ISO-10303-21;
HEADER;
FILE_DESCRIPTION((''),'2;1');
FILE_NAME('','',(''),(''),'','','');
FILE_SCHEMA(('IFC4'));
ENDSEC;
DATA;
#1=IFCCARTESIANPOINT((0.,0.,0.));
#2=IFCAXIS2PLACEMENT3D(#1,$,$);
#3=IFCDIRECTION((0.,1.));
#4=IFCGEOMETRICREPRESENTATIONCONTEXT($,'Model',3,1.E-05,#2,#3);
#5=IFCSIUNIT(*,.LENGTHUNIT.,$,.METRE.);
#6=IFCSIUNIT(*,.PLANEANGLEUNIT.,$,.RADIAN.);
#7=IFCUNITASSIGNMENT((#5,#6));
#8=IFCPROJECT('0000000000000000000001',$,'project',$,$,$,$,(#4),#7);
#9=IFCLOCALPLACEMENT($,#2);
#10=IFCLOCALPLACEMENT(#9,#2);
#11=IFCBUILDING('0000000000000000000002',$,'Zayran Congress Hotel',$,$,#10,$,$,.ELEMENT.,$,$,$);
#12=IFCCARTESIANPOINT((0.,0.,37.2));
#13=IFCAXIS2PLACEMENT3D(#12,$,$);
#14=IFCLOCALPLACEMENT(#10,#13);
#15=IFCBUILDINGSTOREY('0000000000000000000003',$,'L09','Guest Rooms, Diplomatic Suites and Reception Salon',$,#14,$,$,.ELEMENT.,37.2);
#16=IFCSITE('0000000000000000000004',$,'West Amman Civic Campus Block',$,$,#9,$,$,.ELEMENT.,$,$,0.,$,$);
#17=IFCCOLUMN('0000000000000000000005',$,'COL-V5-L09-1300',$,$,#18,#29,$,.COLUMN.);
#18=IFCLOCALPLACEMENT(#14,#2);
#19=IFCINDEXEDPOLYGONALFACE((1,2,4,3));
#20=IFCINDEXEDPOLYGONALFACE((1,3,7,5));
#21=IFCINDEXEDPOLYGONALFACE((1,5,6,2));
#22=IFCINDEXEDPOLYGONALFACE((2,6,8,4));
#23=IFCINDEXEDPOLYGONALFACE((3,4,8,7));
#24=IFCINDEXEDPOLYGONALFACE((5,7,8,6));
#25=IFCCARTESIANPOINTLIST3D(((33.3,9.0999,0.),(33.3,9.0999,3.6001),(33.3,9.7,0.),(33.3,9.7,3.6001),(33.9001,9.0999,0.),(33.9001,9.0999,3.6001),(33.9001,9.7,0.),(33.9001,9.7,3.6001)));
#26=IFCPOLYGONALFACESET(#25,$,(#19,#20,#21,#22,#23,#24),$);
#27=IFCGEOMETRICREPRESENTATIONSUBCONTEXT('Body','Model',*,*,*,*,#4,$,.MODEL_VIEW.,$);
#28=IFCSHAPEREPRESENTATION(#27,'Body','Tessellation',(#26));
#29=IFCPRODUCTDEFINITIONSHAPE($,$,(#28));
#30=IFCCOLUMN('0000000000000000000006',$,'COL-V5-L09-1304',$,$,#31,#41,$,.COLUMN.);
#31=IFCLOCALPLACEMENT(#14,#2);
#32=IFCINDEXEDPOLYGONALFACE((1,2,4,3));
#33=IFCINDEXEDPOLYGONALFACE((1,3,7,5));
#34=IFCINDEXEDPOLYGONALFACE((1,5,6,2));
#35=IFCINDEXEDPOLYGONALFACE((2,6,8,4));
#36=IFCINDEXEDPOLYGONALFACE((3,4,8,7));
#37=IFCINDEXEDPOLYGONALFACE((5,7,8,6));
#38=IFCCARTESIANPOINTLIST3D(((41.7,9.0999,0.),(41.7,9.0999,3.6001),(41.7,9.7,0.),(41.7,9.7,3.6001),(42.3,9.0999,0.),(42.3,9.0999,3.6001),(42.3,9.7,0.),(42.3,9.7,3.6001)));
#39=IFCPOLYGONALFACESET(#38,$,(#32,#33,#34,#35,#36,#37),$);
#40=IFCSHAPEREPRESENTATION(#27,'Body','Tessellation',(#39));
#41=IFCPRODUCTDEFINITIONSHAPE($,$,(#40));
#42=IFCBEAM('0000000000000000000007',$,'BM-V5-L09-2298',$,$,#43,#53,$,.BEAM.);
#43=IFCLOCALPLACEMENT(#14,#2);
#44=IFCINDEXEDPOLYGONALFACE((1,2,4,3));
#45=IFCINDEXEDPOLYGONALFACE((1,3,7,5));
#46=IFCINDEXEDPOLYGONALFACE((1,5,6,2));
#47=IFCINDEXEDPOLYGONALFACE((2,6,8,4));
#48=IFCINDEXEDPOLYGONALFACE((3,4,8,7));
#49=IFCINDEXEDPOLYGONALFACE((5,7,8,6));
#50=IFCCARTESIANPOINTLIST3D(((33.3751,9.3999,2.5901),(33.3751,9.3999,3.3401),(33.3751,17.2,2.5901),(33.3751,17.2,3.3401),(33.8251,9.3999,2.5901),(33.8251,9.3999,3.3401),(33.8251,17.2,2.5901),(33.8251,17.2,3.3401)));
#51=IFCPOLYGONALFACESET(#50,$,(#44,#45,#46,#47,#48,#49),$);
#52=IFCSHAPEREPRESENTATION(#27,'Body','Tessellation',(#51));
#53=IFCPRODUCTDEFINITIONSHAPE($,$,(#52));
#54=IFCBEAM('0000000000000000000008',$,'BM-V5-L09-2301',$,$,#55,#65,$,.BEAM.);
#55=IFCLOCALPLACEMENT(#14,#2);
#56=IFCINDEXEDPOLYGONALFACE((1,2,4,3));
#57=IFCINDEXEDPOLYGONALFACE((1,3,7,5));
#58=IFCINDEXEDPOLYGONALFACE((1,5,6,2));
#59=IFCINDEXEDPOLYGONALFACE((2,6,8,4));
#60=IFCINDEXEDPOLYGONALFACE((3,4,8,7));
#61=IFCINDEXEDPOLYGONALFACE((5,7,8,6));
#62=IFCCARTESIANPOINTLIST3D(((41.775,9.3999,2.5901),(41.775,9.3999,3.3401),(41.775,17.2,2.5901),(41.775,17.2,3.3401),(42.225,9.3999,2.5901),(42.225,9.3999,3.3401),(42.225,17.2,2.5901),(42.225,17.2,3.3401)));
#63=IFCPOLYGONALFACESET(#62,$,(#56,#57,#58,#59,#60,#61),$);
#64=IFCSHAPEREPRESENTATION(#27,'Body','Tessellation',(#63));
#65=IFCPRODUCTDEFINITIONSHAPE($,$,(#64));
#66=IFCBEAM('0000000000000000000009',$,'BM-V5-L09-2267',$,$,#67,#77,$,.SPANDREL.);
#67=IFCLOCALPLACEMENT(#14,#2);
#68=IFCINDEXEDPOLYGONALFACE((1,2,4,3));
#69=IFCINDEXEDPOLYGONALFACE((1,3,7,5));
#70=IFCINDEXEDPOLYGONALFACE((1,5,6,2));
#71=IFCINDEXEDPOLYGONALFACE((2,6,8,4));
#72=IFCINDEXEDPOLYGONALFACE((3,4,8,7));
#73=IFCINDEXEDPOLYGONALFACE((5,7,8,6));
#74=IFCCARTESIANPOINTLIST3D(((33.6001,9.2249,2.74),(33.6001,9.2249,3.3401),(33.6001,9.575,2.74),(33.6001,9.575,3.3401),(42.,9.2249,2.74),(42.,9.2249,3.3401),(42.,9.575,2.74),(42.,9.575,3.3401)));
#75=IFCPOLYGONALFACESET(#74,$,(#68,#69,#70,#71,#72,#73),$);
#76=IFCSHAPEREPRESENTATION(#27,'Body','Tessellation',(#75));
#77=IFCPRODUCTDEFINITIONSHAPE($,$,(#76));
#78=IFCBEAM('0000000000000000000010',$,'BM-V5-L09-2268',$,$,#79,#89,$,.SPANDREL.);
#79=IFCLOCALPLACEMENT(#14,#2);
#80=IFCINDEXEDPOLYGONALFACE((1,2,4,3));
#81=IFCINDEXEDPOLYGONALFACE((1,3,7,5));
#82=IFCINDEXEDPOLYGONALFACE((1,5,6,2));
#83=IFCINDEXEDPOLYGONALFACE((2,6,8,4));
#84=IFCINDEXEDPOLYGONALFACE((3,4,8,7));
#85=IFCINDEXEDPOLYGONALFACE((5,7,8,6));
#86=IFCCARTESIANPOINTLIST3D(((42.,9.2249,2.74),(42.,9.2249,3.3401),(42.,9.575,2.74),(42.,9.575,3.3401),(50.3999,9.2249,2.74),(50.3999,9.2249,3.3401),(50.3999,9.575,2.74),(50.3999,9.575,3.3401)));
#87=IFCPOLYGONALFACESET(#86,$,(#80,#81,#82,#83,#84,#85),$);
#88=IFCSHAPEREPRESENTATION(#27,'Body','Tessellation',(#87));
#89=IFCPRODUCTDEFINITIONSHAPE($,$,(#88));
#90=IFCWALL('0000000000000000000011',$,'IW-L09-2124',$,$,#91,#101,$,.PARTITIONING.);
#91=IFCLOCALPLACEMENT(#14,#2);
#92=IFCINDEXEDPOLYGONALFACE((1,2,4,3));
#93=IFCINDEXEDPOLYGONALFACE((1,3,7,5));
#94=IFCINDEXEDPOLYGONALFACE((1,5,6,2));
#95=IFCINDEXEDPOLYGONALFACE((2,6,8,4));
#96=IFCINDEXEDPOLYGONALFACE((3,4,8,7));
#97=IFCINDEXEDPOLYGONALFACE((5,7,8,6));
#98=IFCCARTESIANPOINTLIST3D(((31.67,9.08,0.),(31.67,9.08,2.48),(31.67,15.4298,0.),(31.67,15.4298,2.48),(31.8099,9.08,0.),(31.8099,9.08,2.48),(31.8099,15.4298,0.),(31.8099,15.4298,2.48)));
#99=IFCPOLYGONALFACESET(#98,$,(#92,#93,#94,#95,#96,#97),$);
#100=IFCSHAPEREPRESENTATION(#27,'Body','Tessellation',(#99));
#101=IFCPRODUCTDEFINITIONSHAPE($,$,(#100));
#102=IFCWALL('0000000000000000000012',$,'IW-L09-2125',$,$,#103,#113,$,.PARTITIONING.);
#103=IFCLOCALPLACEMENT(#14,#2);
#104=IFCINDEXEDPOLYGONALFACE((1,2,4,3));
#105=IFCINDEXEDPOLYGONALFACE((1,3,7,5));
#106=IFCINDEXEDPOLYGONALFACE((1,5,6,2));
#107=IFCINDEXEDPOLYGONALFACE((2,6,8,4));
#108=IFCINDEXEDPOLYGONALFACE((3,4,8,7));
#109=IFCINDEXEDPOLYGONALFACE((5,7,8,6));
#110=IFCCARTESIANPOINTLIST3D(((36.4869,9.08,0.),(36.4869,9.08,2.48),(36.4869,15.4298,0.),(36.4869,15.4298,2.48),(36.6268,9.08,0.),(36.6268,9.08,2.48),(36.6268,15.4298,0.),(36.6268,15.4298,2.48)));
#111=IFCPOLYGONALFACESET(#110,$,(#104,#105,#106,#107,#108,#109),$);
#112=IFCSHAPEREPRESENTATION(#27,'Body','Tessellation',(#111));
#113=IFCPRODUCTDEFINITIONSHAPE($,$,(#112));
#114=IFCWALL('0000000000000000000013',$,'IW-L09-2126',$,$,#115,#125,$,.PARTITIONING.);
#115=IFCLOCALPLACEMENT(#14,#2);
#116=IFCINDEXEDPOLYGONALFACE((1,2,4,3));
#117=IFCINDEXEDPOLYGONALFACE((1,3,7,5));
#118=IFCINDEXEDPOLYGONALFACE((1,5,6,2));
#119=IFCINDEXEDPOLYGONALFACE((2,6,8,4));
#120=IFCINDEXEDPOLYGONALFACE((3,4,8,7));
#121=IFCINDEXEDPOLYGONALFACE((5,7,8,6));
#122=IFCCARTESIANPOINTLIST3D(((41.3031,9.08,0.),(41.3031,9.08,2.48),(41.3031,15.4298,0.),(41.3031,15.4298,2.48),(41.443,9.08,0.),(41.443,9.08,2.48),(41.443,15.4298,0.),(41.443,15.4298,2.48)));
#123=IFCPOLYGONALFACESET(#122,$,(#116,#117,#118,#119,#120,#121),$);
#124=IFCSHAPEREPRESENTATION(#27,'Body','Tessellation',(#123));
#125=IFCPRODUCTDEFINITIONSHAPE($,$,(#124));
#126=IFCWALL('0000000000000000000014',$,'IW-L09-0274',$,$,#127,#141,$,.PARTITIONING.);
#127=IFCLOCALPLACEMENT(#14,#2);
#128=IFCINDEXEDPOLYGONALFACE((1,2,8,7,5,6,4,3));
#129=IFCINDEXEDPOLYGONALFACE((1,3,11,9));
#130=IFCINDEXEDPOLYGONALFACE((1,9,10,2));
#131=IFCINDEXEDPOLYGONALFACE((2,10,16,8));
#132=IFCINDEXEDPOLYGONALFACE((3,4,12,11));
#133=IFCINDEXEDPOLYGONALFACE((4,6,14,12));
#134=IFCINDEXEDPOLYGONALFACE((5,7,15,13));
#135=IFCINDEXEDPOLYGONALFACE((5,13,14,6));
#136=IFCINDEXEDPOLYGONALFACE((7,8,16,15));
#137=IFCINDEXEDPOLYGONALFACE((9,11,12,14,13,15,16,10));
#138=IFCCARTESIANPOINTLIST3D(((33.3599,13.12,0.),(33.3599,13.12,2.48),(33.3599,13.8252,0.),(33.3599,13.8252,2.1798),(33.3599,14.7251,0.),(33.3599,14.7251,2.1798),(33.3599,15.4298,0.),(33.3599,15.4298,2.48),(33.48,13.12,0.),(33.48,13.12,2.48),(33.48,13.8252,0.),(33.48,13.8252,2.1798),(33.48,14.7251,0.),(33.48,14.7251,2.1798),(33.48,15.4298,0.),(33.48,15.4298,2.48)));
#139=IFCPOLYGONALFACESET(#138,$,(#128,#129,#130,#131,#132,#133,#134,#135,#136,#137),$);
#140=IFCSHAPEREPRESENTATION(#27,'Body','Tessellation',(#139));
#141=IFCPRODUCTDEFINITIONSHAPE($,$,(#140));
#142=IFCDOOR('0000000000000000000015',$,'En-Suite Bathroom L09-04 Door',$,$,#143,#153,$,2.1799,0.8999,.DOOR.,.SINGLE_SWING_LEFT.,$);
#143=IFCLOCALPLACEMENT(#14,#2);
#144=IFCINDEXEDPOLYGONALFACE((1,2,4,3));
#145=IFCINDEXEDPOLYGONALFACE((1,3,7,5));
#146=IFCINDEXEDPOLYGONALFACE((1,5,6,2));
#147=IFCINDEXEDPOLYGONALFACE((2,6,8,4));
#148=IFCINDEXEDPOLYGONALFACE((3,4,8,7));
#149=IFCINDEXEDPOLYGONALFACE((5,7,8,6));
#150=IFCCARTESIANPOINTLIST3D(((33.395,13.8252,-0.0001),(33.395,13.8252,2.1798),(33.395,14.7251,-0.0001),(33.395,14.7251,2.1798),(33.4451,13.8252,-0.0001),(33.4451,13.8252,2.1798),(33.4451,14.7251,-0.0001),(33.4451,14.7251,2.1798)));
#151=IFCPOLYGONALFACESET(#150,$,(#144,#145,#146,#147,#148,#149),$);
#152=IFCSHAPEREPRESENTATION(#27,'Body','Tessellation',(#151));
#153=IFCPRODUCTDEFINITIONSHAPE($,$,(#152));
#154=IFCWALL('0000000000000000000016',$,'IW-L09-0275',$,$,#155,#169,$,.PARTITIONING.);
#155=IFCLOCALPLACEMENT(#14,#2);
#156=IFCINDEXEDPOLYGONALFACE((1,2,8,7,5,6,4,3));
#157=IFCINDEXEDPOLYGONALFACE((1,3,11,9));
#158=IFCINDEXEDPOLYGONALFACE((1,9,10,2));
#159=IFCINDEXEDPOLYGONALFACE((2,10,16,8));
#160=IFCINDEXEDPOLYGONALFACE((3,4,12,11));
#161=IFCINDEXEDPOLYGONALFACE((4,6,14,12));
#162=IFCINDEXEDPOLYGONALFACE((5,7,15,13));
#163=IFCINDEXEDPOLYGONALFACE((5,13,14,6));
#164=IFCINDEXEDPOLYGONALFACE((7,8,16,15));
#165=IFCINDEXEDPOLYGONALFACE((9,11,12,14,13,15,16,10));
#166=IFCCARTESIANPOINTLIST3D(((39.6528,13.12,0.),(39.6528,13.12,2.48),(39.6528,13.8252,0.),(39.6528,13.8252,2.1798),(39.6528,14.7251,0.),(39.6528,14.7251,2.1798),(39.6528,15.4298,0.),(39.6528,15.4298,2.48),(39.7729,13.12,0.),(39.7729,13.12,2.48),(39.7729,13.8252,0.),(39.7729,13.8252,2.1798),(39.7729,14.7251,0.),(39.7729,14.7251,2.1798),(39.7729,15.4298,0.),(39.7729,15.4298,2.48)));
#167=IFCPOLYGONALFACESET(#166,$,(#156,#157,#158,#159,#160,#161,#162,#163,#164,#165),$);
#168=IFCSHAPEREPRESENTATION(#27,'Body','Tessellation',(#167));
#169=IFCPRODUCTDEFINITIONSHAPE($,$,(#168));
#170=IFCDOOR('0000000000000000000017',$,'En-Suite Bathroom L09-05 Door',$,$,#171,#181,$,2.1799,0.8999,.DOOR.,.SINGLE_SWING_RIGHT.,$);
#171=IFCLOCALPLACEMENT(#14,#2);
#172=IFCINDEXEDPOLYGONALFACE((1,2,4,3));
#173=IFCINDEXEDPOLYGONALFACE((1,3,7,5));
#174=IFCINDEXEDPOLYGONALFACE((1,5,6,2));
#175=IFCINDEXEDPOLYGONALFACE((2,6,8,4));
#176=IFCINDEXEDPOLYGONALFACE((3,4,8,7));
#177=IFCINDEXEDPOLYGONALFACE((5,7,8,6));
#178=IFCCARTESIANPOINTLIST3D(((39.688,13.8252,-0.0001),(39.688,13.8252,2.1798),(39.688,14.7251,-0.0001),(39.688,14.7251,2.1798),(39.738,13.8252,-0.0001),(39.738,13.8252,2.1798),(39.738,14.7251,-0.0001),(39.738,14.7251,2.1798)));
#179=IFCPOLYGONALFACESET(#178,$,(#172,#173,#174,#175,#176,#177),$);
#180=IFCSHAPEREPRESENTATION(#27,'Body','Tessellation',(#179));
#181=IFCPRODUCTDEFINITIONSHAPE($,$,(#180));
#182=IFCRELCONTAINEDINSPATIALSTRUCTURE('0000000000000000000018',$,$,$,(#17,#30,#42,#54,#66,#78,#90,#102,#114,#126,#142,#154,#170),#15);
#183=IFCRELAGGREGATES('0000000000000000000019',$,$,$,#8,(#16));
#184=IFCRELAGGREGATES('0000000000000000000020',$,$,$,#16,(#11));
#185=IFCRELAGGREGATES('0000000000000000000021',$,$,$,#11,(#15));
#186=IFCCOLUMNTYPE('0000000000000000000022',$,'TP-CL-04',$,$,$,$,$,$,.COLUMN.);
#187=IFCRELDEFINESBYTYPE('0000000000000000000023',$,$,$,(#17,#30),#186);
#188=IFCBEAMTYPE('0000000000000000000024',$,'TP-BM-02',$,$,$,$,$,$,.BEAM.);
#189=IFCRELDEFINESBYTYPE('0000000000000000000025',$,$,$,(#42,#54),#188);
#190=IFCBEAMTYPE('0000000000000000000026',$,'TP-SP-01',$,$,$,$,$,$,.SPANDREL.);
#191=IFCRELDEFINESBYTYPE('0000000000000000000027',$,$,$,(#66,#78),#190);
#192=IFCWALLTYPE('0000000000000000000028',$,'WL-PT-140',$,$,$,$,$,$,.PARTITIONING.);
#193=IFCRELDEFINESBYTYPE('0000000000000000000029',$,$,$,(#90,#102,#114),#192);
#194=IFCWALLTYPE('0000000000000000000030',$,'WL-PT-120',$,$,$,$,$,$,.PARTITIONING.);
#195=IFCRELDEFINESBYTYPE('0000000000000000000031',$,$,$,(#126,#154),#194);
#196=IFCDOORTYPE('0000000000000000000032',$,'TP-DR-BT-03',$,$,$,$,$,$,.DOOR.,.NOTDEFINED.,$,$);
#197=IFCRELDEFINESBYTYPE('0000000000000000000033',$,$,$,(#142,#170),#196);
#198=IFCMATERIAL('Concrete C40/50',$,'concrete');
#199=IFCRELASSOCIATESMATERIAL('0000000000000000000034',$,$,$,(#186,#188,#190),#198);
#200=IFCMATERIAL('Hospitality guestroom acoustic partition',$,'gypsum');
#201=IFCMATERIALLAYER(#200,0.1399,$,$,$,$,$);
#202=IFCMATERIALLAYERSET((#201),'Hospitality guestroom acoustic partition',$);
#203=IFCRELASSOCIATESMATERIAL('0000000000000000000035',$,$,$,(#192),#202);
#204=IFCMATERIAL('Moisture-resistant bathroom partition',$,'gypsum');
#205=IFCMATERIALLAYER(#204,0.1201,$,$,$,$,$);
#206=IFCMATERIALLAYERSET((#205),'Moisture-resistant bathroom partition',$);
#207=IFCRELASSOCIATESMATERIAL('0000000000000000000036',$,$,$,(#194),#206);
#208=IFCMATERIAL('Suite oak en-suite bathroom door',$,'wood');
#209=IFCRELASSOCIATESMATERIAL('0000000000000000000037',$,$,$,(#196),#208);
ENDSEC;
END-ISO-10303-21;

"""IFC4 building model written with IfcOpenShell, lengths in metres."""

from ifc_helpers import new_model, si_unit, direction, frame, frame_2d, origin, origin_2d, place, context, subcontext, project, spatial, rectangle, extrude, material, layer, layer_set, material_profile, profile_set, type_object, element, fill, save


model = new_model("IFC4")

# Units and contexts
model_context = context("Model", 3, precision=1e-05, world=origin(), true_north=direction((0.0, 1.0)))
body_context = subcontext(model_context, "Body", "Model", "MODEL_VIEW")
ifc_project = project(units=[si_unit("LENGTHUNIT", "METRE"), si_unit("PLANEANGLEUNIT", "RADIAN")], contexts=[model_context])

# Site, building, storey
site_placement = place(None, origin())
site = spatial("IfcSite", under=ifc_project, at=site_placement, Name="West Amman Civic Campus Block", CompositionType="ELEMENT", RefElevation=0.0)
building_placement = place(site_placement, origin())
building = spatial("IfcBuilding", under=site, at=building_placement, Name="Zayran Congress Hotel", CompositionType="ELEMENT")
storey_placement = place(building_placement, frame((0.0, 0.0, 37.2)))
storey = spatial("IfcBuildingStorey", under=building, at=storey_placement, Name="L09", Description="Guest Rooms, Diplomatic Suites and Reception Salon", CompositionType="ELEMENT", Elevation=37.2)

# Columns
ifc_material_1 = material(Name="Concrete C40/50", Category="concrete")
ifc_material_profile_1 = material_profile(ifc_material_1, rectangle(XDim=0.6001, YDim=0.6001, at=origin_2d()), Name="RC 600x600")
ifc_profile_set_1 = profile_set([ifc_material_profile_1], Name="Concrete C40/50")
column_type = type_object("IfcColumnType", Name="TP-CL-04", PredefinedType="COLUMN", material=ifc_profile_set_1)
for number, where, z_axis, x_axis, name in (
    (1, (33.6001, 9.3999, 0.0), (0.0, 0.0, 1.0), (1.0, 0.0, 0.0), "COL-V5-L09-1300"),
    (2, (42.0, 9.3999, 0.0), (0.0, 0.0, 1.0), (1.0, 0.0, 0.0), "COL-V5-L09-1304"),
):
    element("IfcColumn", number, at=place(storey_placement, frame(where, z_axis=z_axis, x_axis=x_axis)), inside=storey, type_object=column_type, Name=name, PredefinedType="COLUMN", context=body_context, shape_type="SweptSolid", body=[
        extrude(rectangle(XDim=0.6001, YDim=0.6001, at=origin_2d()), origin(), (0.0, 0.0, 1.0), 3.6001),
    ])

# Beams
ifc_material_profile_2 = material_profile(ifc_material_1, rectangle(XDim=0.45, YDim=0.75, at=origin_2d()), Name="RC 450x750")
ifc_profile_set_2 = profile_set([ifc_material_profile_2], Name="Concrete C40/50")
beam_type_1 = type_object("IfcBeamType", Name="TP-BM-02", PredefinedType="BEAM", material=ifc_profile_set_2)
for number, where, z_axis, x_axis, name in (
    (3, (33.6001, 9.3999, 2.9651), (0.0, 1.0, 0.0), (-1.0, 0.0, 0.0), "BM-V5-L09-2298"),
    (4, (42.0, 9.3999, 2.9651), (0.0, 1.0, 0.0), (-1.0, 0.0, 0.0), "BM-V5-L09-2301"),
):
    element("IfcBeam", number, at=place(storey_placement, frame(where, z_axis=z_axis, x_axis=x_axis)), inside=storey, type_object=beam_type_1, Name=name, PredefinedType="BEAM", context=body_context, shape_type="SweptSolid", body=[
        extrude(rectangle(XDim=0.45, YDim=0.75, at=origin_2d()), origin(), (0.0, 0.0, 1.0), 7.8),
    ])
ifc_material_profile_3 = material_profile(ifc_material_1, rectangle(XDim=0.3501, YDim=0.6001, at=origin_2d()), Name="RC 350x600")
ifc_profile_set_3 = profile_set([ifc_material_profile_3], Name="Concrete C40/50")
beam_type_2 = type_object("IfcBeamType", Name="TP-SP-01", PredefinedType="SPANDREL", material=ifc_profile_set_3)
for number, where, z_axis, x_axis, name in (
    (5, (33.6001, 9.3999, 3.04), (1.0, 0.0, 0.0), (0.0, 1.0, 0.0), "BM-V5-L09-2267"),
    (6, (42.0, 9.3999, 3.04), (1.0, 0.0, 0.0), (0.0, 1.0, 0.0), "BM-V5-L09-2268"),
):
    element("IfcBeam", number, at=place(storey_placement, frame(where, z_axis=z_axis, x_axis=x_axis)), inside=storey, type_object=beam_type_2, Name=name, PredefinedType="SPANDREL", context=body_context, shape_type="SweptSolid", body=[
        extrude(rectangle(XDim=0.3501, YDim=0.6001, at=origin_2d()), origin(), (0.0, 0.0, 1.0), 8.3999),
    ])

# Walls
ifc_material_2 = material(Name="Hospitality guestroom acoustic partition", Category="gypsum")
ifc_layer_1 = layer(ifc_material_2, 0.1399)
ifc_layer_set_1 = layer_set([ifc_layer_1], Name="Hospitality guestroom acoustic partition")
wall_type_1 = type_object("IfcWallType", Name="WL-PT-140", PredefinedType="PARTITIONING", material=ifc_layer_set_1)
for number, where, z_axis, x_axis, name in (
    (7, (31.74, 9.0801, 0.0), (0.0, 0.0, 1.0), (0.0, 1.0, 0.0), "IW-L09-2124"),
    (8, (36.5569, 9.0801, 0.0), (0.0, 0.0, 1.0), (0.0, 1.0, 0.0), "IW-L09-2125"),
    (9, (41.373, 9.0801, 0.0), (0.0, 0.0, 1.0), (0.0, 1.0, 0.0), "IW-L09-2126"),
):
    element("IfcWall", number, at=place(storey_placement, frame(where, z_axis=z_axis, x_axis=x_axis)), inside=storey, type_object=wall_type_1, Name=name, PredefinedType="PARTITIONING", context=body_context, shape_type="SweptSolid", body=[
        extrude(rectangle(XDim=6.3499, YDim=0.1399, at=frame_2d((3.1748, 0.0))), origin(), (0.0, 0.0, 1.0), 2.48),
    ])

# Walls, openings, doors
ifc_material_3 = material(Name="Moisture-resistant bathroom partition", Category="gypsum")
ifc_layer_2 = layer(ifc_material_3, 0.1201)
ifc_layer_set_2 = layer_set([ifc_layer_2], Name="Moisture-resistant bathroom partition")
wall_type_2 = type_object("IfcWallType", Name="WL-PT-120", PredefinedType="PARTITIONING", material=ifc_layer_set_2)
wall_1_placement = place(storey_placement, frame((33.4199, 13.1201, 0.0), z_axis=(0.0, 0.0, 1.0), x_axis=(0.0, 1.0, 0.0)))
wall_1 = element("IfcWall", 10, at=wall_1_placement, inside=storey, type_object=wall_type_2, Name="IW-L09-0274", PredefinedType="PARTITIONING", context=body_context, shape_type="SweptSolid", body=[
    extrude(rectangle(XDim=2.3098, YDim=0.1201, at=frame_2d((1.1548, 0.0))), origin(), (0.0, 0.0, 1.0), 2.48),
])
opening_1_placement = place(wall_1_placement, frame((0.7051, 0.0, 0.0)))
opening_1 = element("IfcOpeningElement", 11, at=opening_1_placement, cuts=wall_1, PredefinedType="OPENING", context=body_context, shape_type="SweptSolid", body=[
    extrude(rectangle(XDim=0.8999, YDim=2.1799, at=frame_2d((0.45, 1.0898))), frame((0.0, 0.0701, 0.0), z_axis=(0.0, -1.0, 0.0), x_axis=(1.0, 0.0, 0.0)), (0.0, 0.0, 1.0), 0.1401),
])
ifc_material_4 = material(Name="Suite oak en-suite bathroom door", Category="wood")
door_type = type_object("IfcDoorType", Name="TP-DR-BT-03", OperationType="NOTDEFINED", PredefinedType="DOOR", material=ifc_material_4)
door_1_placement = place(opening_1_placement, origin())
door_1 = element("IfcDoor", 12, at=door_1_placement, inside=storey, type_object=door_type, Name="En-Suite Bathroom L09-04 Door", OperationType="SINGLE_SWING_LEFT", OverallHeight=2.1799, OverallWidth=0.8999, PredefinedType="DOOR", context=body_context, shape_type="SweptSolid", body=[
    extrude(rectangle(XDim=0.8999, YDim=2.1799, at=frame_2d((0.45, 1.0898))), frame((0.0, 0.0249, 0.0), z_axis=(0.0, -1.0, 0.0), x_axis=(1.0, 0.0, 0.0)), (0.0, 0.0, 1.0), 0.05),
])
fill(opening_1, door_1)
wall_2_placement = place(storey_placement, frame((39.7129, 13.1201, 0.0), z_axis=(0.0, 0.0, 1.0), x_axis=(0.0, 1.0, 0.0)))
wall_2 = element("IfcWall", 13, at=wall_2_placement, inside=storey, type_object=wall_type_2, Name="IW-L09-0275", PredefinedType="PARTITIONING", context=body_context, shape_type="SweptSolid", body=[
    extrude(rectangle(XDim=2.3098, YDim=0.1201, at=frame_2d((1.1548, 0.0))), origin(), (0.0, 0.0, 1.0), 2.48),
])
opening_2_placement = place(wall_2_placement, frame((0.7051, 0.0, 0.0)))
opening_2 = element("IfcOpeningElement", 14, at=opening_2_placement, cuts=wall_2, PredefinedType="OPENING", context=body_context, shape_type="SweptSolid", body=[
    extrude(rectangle(XDim=0.8999, YDim=2.1799, at=frame_2d((0.45, 1.0898))), frame((0.0, 0.0701, 0.0), z_axis=(0.0, -1.0, 0.0), x_axis=(1.0, 0.0, 0.0)), (0.0, 0.0, 1.0), 0.1401),
])
door_2_placement = place(opening_2_placement, origin())
door_2 = element("IfcDoor", 15, at=door_2_placement, inside=storey, type_object=door_type, Name="En-Suite Bathroom L09-05 Door", OperationType="SINGLE_SWING_RIGHT", OverallHeight=2.1799, OverallWidth=0.8999, PredefinedType="DOOR", context=body_context, shape_type="SweptSolid", body=[
    extrude(rectangle(XDim=0.8999, YDim=2.1799, at=frame_2d((0.45, 1.0898))), frame((0.0, 0.0249, 0.0), z_axis=(0.0, -1.0, 0.0), x_axis=(1.0, 0.0, 0.0)), (0.0, 0.0, 1.0), 0.05),
])
fill(opening_2, door_2)

save(model, "model.ifc")
